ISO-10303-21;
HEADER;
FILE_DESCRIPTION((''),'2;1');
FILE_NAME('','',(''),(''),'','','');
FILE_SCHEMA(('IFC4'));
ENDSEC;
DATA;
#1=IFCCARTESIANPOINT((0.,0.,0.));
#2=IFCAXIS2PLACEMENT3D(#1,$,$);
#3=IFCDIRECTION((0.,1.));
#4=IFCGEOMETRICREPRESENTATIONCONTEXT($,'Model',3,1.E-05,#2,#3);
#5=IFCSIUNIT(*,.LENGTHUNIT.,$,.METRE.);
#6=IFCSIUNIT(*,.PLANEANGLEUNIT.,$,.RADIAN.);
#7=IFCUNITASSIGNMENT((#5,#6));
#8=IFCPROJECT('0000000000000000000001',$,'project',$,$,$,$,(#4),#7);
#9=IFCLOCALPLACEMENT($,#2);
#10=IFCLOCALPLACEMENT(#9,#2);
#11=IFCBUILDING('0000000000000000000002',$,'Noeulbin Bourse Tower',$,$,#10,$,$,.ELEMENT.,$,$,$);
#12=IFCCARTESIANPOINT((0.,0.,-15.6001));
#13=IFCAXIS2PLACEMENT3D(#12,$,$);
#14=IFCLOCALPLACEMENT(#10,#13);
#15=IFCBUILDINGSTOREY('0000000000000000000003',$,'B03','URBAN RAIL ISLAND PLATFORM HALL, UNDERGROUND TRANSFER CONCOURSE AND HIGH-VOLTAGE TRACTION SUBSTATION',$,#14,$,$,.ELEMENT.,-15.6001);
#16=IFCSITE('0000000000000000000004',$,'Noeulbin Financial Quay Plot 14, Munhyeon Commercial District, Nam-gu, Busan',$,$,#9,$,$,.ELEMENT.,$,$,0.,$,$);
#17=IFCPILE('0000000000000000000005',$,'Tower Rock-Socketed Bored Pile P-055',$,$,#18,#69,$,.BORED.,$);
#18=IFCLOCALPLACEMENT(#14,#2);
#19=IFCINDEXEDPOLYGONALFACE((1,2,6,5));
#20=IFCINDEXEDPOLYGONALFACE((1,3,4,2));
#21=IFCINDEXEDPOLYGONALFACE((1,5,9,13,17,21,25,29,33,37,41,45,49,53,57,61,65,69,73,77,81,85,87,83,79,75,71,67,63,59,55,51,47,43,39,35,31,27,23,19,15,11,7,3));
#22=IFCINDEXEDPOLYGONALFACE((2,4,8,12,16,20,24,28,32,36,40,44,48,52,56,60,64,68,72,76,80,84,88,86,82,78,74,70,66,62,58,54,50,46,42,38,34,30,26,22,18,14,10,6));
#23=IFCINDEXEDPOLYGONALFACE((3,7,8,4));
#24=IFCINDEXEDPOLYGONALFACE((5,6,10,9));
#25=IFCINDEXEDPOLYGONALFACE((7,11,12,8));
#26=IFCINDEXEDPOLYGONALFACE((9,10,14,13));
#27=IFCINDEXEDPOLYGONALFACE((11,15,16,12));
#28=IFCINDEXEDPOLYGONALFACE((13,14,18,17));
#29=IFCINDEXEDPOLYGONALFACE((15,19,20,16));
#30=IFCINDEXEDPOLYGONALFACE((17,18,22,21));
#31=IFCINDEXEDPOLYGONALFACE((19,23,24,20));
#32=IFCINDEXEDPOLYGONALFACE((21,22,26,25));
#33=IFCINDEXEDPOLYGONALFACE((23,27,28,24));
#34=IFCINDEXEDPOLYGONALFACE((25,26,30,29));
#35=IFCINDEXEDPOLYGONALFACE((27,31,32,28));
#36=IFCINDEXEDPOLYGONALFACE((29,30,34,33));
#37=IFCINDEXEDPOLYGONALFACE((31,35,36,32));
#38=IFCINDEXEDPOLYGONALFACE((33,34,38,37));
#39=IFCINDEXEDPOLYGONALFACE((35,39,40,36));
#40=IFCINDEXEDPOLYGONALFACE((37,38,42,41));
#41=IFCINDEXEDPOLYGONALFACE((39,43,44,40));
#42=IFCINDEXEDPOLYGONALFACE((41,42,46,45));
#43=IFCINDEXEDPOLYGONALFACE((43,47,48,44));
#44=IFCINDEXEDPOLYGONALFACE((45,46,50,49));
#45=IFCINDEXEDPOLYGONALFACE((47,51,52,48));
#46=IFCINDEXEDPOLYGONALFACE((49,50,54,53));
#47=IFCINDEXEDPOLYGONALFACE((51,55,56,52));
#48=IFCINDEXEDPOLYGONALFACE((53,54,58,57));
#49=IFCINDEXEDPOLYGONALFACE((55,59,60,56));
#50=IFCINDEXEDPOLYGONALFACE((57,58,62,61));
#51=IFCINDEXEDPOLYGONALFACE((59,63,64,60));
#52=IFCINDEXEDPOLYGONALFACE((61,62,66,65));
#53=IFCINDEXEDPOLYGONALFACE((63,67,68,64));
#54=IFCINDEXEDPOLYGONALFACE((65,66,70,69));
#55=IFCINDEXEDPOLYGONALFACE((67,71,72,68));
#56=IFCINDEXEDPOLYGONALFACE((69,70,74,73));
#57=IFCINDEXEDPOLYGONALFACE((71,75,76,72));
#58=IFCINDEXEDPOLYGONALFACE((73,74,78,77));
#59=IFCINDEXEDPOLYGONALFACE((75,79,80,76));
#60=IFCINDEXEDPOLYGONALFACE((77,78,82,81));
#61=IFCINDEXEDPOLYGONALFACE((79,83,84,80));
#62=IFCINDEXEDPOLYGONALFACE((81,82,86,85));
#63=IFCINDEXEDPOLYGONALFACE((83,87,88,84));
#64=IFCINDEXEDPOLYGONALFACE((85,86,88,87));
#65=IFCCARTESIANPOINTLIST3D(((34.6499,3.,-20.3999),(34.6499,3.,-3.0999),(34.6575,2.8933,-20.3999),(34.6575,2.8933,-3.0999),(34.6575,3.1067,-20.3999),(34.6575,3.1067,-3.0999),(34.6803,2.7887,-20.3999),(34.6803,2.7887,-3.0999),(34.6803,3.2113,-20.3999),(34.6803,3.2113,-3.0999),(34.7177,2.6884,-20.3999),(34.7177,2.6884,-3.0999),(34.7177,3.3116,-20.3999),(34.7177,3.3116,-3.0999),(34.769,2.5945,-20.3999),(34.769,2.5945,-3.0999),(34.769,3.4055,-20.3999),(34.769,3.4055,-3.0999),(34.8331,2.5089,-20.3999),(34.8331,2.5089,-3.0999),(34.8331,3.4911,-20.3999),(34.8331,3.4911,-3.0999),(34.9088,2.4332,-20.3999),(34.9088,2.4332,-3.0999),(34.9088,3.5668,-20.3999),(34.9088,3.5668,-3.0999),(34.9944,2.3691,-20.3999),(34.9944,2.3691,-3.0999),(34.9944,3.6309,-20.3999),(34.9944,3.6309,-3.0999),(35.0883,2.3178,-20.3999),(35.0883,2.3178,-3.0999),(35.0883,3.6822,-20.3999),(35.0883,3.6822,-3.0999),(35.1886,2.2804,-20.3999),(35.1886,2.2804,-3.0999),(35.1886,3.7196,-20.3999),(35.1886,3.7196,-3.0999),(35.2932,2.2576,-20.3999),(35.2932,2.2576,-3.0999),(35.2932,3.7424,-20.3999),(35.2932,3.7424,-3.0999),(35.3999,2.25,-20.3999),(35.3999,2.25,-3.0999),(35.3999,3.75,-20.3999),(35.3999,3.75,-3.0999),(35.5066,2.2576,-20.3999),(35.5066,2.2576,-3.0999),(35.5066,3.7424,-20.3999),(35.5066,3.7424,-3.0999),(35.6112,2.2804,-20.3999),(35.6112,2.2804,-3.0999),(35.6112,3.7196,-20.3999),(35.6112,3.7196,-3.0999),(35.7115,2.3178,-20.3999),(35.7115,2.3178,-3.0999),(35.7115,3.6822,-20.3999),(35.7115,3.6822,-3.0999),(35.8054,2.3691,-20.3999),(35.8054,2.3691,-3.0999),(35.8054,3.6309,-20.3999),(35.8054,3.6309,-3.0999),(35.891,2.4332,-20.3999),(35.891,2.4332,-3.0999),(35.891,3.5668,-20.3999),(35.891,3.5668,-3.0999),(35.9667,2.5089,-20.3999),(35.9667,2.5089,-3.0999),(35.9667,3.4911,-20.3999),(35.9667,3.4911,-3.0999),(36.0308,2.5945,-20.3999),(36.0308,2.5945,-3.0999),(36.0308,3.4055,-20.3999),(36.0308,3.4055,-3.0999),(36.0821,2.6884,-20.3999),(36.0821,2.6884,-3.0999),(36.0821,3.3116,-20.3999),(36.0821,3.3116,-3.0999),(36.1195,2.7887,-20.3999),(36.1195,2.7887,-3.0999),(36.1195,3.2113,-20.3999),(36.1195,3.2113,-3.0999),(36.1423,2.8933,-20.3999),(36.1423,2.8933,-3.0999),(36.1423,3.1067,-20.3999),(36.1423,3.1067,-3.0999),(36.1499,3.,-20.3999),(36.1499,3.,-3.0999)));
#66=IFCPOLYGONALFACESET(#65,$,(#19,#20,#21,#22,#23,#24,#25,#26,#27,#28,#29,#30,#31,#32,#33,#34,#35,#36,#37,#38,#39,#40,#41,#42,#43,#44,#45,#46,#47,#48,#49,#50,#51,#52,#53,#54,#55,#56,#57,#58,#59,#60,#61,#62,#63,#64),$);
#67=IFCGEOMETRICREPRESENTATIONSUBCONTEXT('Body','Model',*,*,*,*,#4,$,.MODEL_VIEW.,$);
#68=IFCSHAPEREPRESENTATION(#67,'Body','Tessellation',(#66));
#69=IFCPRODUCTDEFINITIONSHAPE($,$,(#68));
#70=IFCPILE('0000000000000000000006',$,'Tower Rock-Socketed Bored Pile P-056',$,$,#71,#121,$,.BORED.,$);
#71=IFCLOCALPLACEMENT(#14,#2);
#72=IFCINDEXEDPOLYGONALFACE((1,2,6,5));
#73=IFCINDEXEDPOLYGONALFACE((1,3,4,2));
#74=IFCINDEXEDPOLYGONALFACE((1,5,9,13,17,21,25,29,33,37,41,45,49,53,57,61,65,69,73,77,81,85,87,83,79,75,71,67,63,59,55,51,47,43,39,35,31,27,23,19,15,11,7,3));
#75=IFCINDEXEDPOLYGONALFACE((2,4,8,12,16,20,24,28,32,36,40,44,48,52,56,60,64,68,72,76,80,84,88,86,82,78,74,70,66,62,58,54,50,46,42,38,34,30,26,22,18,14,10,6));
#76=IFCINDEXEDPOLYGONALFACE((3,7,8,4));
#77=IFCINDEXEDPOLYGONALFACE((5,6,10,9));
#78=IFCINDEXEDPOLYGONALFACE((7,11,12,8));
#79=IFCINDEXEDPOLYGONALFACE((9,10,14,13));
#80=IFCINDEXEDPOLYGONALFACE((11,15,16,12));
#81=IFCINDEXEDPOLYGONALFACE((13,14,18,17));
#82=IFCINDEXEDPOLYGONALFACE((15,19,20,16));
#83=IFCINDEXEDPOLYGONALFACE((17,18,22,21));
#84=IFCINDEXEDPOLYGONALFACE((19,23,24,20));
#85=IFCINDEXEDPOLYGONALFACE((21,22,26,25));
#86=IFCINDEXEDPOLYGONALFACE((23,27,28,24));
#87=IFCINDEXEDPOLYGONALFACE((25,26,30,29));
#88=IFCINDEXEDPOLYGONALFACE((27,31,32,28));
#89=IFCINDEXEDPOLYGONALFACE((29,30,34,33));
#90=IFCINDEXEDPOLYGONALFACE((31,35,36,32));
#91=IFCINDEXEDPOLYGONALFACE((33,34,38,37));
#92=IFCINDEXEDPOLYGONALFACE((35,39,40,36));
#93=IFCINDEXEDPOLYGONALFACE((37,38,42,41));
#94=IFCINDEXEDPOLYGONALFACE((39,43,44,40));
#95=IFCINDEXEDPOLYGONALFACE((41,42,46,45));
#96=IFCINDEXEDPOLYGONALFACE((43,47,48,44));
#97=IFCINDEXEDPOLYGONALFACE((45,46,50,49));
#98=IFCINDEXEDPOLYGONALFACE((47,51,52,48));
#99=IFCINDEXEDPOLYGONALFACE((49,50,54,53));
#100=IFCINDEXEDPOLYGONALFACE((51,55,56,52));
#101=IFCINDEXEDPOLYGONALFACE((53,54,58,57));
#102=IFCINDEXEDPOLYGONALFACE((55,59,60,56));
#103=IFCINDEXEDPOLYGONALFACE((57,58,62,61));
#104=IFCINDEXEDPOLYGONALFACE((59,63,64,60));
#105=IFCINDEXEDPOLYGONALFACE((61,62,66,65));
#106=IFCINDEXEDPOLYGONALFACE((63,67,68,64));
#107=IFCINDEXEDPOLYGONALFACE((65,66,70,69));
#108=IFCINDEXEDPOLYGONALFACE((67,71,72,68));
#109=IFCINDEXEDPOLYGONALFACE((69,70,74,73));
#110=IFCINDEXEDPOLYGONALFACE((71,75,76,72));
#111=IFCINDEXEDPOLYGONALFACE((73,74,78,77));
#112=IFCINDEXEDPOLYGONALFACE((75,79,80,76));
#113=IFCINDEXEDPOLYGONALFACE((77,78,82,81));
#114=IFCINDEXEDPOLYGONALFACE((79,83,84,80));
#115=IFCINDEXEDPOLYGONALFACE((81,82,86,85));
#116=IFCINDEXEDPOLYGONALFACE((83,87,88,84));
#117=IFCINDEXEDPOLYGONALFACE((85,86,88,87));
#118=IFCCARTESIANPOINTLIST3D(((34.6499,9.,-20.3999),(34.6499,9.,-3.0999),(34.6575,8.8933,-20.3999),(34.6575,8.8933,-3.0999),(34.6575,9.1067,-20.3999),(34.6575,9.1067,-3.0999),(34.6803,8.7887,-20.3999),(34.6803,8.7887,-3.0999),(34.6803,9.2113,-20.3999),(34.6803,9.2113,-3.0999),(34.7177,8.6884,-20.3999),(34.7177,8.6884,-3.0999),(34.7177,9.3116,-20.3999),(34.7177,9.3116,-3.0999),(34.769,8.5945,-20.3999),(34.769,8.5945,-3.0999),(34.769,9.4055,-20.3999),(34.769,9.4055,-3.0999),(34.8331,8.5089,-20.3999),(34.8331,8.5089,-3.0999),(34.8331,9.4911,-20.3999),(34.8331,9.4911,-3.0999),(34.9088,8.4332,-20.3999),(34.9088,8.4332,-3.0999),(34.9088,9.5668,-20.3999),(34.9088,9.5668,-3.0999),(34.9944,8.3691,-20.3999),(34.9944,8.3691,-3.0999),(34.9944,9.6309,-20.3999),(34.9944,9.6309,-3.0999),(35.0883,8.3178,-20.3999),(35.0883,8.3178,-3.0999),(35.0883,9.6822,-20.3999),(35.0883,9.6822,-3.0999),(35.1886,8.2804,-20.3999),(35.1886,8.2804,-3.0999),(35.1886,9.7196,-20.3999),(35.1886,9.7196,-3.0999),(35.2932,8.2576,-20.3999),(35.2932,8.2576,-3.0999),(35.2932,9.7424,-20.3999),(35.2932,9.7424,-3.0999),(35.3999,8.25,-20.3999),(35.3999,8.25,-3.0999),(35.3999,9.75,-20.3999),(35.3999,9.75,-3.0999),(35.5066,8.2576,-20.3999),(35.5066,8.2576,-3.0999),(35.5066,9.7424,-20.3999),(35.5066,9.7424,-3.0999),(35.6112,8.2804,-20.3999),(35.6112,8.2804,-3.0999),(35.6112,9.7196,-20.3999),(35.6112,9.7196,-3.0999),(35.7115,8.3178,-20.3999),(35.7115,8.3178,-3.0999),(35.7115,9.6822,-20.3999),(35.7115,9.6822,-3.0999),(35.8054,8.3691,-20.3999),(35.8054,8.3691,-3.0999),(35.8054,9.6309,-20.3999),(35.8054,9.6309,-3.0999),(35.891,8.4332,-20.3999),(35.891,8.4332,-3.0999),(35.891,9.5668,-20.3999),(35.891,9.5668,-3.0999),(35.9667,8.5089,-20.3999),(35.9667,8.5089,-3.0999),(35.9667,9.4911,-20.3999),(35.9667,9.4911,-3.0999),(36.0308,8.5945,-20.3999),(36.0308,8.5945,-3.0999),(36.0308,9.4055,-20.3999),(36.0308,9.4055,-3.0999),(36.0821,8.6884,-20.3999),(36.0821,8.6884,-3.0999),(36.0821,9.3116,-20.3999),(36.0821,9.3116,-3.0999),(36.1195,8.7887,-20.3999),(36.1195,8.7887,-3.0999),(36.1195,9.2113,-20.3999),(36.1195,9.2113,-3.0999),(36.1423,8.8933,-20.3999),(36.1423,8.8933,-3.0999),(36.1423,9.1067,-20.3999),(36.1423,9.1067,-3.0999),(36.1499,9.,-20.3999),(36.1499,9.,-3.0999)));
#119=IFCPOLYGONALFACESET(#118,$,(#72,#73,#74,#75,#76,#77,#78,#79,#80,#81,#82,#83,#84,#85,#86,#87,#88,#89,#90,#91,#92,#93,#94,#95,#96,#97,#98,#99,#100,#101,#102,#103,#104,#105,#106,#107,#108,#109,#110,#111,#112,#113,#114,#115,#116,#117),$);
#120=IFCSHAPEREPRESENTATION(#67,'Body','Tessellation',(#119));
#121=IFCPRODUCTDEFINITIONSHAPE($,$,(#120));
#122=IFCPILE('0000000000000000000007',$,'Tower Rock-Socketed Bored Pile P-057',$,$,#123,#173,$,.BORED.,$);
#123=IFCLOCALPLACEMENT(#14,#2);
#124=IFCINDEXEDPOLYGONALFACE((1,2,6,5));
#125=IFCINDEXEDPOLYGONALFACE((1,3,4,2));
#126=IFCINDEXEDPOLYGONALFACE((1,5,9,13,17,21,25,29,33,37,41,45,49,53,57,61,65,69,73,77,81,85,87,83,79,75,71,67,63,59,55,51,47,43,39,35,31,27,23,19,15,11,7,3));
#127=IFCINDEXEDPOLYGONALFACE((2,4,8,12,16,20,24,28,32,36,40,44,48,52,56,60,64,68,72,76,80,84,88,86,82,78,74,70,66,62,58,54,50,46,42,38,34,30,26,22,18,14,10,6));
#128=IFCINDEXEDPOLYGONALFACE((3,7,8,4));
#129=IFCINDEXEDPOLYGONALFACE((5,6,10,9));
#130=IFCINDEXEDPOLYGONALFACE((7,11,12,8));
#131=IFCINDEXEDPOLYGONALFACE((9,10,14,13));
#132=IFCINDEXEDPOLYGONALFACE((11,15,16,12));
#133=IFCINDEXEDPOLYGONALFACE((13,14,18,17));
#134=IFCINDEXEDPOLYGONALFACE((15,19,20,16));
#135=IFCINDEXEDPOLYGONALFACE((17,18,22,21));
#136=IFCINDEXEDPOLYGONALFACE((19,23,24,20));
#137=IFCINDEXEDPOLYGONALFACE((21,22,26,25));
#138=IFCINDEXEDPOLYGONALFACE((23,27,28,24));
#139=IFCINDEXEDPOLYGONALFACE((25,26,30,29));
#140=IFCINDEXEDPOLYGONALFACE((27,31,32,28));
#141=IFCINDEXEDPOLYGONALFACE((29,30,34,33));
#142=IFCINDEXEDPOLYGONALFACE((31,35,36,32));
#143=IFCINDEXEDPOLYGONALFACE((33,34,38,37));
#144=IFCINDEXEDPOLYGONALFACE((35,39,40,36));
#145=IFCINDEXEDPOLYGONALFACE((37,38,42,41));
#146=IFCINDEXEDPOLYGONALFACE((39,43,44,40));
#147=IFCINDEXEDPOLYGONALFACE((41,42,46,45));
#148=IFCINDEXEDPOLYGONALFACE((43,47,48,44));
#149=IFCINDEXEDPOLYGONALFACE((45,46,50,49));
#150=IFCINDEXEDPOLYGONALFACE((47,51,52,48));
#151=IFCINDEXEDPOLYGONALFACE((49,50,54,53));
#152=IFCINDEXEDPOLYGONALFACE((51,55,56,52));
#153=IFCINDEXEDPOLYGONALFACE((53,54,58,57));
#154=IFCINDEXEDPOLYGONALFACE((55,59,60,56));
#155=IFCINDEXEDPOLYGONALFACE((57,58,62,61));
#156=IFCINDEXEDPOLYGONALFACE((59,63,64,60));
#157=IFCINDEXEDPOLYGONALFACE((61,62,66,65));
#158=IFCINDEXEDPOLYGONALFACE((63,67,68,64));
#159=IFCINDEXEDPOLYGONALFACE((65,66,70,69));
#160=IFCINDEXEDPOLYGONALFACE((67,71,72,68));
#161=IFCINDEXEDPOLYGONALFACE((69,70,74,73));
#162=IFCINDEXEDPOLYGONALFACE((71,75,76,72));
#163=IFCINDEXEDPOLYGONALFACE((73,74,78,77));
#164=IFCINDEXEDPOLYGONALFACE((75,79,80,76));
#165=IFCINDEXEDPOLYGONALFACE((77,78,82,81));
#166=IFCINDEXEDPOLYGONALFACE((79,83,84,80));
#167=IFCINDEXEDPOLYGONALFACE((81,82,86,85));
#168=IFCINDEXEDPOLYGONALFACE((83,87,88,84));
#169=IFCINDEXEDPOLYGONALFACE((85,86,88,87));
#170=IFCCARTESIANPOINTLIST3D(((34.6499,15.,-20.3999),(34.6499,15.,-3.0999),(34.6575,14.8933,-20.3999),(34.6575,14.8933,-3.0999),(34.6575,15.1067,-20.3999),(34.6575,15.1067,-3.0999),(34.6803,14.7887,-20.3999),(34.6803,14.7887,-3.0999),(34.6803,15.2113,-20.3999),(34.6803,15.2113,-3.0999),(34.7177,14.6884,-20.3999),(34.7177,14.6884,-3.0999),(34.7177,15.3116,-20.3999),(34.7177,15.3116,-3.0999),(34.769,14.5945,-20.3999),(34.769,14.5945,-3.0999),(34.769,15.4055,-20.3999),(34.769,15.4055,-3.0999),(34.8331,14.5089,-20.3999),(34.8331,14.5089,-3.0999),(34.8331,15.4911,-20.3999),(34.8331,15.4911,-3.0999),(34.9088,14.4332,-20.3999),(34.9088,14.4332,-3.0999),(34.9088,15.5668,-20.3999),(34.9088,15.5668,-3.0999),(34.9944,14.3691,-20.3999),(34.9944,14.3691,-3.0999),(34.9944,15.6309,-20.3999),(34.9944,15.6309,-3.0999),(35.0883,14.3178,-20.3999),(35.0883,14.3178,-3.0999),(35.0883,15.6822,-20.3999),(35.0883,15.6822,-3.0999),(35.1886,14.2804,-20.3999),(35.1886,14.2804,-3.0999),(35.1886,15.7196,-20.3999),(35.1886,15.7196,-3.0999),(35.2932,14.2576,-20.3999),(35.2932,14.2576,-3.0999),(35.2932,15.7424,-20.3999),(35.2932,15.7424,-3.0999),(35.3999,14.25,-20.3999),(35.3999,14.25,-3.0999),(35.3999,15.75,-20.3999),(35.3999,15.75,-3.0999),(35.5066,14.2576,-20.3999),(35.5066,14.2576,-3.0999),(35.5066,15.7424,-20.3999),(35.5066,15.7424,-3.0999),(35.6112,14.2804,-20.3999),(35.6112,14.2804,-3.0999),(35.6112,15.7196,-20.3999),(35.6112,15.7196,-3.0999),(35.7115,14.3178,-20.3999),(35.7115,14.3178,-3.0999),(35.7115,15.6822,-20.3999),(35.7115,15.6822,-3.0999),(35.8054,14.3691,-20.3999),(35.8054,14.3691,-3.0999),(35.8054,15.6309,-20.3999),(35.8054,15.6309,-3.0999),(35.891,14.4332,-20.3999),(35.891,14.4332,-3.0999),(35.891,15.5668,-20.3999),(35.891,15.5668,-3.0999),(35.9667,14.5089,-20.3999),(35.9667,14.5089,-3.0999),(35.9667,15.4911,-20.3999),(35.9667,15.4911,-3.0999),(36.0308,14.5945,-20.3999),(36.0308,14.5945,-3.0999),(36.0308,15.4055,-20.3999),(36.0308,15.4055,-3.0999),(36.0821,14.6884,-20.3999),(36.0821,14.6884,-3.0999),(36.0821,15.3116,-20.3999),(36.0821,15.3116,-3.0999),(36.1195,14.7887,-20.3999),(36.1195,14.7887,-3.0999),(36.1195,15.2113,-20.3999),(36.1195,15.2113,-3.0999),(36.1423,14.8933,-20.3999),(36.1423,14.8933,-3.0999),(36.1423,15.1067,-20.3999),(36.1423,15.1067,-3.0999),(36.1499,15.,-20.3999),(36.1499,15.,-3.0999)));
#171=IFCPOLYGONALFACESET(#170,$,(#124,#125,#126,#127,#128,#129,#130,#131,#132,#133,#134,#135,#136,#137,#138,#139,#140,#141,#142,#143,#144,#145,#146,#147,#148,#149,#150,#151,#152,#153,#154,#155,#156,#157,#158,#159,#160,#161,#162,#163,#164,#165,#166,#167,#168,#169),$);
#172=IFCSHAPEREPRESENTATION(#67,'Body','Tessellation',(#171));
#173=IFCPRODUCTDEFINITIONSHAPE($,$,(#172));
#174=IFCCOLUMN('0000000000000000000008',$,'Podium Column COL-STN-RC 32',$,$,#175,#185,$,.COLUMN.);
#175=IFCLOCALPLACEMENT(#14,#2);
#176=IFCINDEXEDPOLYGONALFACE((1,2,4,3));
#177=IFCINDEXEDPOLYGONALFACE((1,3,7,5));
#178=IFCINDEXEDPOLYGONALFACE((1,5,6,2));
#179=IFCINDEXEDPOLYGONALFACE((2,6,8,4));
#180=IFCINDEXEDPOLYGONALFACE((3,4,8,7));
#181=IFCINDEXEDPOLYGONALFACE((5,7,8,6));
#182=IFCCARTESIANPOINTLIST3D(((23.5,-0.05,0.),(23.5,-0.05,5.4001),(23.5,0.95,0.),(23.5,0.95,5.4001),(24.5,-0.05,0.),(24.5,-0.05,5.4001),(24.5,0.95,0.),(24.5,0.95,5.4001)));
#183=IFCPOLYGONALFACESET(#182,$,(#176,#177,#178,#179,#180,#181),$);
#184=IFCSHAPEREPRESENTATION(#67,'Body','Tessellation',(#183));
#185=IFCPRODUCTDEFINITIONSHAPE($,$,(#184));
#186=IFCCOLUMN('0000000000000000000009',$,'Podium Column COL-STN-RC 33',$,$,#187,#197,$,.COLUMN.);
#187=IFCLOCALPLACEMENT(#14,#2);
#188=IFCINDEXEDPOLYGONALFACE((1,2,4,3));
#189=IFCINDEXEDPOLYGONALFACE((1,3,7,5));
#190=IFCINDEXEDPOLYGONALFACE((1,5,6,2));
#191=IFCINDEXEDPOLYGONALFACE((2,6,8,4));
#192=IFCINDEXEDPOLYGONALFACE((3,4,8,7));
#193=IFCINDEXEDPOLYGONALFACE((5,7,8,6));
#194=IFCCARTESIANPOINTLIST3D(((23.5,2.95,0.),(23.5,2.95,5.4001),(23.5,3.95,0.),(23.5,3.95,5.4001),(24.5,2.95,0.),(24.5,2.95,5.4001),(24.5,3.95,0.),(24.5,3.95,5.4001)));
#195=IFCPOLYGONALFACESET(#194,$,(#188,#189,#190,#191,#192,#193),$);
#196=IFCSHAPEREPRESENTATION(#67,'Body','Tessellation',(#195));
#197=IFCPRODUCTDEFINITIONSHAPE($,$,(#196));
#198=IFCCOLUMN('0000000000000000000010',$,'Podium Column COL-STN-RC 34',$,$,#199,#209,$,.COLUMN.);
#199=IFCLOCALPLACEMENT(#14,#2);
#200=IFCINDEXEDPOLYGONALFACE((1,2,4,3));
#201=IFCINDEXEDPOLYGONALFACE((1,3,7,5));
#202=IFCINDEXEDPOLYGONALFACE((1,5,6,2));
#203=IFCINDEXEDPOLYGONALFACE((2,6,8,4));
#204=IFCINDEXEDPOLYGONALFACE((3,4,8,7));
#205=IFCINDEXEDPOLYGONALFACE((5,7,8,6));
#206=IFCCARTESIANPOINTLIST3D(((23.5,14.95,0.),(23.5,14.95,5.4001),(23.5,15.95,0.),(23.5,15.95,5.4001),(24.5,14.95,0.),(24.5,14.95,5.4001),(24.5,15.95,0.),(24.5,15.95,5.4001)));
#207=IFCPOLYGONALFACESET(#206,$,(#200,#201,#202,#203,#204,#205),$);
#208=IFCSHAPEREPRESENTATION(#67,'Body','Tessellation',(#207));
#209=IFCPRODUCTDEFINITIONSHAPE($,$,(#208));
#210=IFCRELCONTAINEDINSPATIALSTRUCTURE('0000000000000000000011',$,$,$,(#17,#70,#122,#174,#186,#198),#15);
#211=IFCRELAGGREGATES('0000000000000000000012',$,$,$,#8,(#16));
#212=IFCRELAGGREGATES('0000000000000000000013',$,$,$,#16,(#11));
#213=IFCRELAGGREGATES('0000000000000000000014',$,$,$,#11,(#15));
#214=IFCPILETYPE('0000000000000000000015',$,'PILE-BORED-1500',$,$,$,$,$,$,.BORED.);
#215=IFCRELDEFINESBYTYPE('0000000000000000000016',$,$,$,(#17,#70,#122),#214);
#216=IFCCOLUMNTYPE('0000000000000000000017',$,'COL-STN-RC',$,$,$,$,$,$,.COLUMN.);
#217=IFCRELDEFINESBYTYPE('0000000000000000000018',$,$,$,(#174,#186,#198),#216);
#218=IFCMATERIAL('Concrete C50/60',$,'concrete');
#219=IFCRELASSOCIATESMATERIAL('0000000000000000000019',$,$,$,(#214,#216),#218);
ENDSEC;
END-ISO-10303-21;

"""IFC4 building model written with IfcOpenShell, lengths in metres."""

from ifc_helpers import new_model, si_unit, direction, frame, origin, origin_2d, place, context, subcontext, project, spatial, rectangle, circle, extrude, material, material_profile, profile_set, type_object, element, save


model = new_model("IFC4")

# Units and contexts
model_context = context("Model", 3, precision=1e-05, world=origin(), true_north=direction((0.0, 1.0)))
body_context = subcontext(model_context, "Body", "Model", "MODEL_VIEW")
ifc_project = project(units=[si_unit("LENGTHUNIT", "METRE"), si_unit("PLANEANGLEUNIT", "RADIAN")], contexts=[model_context])

# Site, building, storey
site_placement = place(None, origin())
site = spatial("IfcSite", under=ifc_project, at=site_placement, Name="Noeulbin Financial Quay Plot 14, Munhyeon Commercial District, Nam-gu, Busan", CompositionType="ELEMENT", RefElevation=0.0)
building_placement = place(site_placement, origin())
building = spatial("IfcBuilding", under=site, at=building_placement, Name="Noeulbin Bourse Tower", CompositionType="ELEMENT")
storey_placement = place(building_placement, frame((0.0, 0.0, -15.6001)))
storey = spatial("IfcBuildingStorey", under=building, at=storey_placement, Name="B03", Description="URBAN RAIL ISLAND PLATFORM HALL, UNDERGROUND TRANSFER CONCOURSE AND HIGH-VOLTAGE TRACTION SUBSTATION", CompositionType="ELEMENT", Elevation=-15.6001)

# Piles
ifc_material_1 = material(Name="Concrete C50/60", Category="concrete")
ifc_material_profile_1 = material_profile(ifc_material_1, circle(Radius=0.75, at=origin_2d()), Name="PILE-D1500", Category="LoadBearing")
ifc_profile_set_1 = profile_set([ifc_material_profile_1], Name="Concrete C50/60")
pile_type = type_object("IfcPileType", Name="PILE-BORED-1500", PredefinedType="BORED", material=ifc_profile_set_1)
for number, where, z_axis, x_axis, name in (
    (1, (35.3999, 3.0, -3.0999), (0.0, 0.0, -1.0), (1.0, 0.0, 0.0), "Tower Rock-Socketed Bored Pile P-055"),
    (2, (35.3999, 9.0, -3.0999), (0.0, 0.0, -1.0), (1.0, 0.0, 0.0), "Tower Rock-Socketed Bored Pile P-056"),
    (3, (35.3999, 15.0, -3.0999), (0.0, 0.0, -1.0), (1.0, 0.0, 0.0), "Tower Rock-Socketed Bored Pile P-057"),
):
    element("IfcPile", number, at=place(storey_placement, frame(where, z_axis=z_axis, x_axis=x_axis)), inside=storey, type_object=pile_type, Name=name, PredefinedType="BORED", context=body_context, shape_type="SweptSolid", body=[
        extrude(circle(Radius=0.75, at=origin_2d()), origin(), (0.0, 0.0, 1.0), 17.3),
    ])

# Columns
ifc_material_profile_2 = material_profile(ifc_material_1, rectangle(XDim=1.0, YDim=1.0, at=origin_2d()), Name="RC-COL-1000x1000", Category="LoadBearing")
ifc_profile_set_2 = profile_set([ifc_material_profile_2], Name="Concrete C50/60")
column_type_1 = type_object("IfcColumnType", Name="COL-STN-RC", PredefinedType="COLUMN", material=ifc_profile_set_2)
for number, where, z_axis, x_axis, name in (
    (4, (24.0, 0.45, 0.0), (0.0, 0.0, 1.0), (1.0, 0.0, 0.0), "Podium Column COL-STN-RC 32"),
    (5, (24.0, 3.45, 0.0), (0.0, 0.0, 1.0), (1.0, 0.0, 0.0), "Podium Column COL-STN-RC 33"),
    (6, (24.0, 15.45, 0.0), (0.0, 0.0, 1.0), (1.0, 0.0, 0.0), "Podium Column COL-STN-RC 34"),
):
    element("IfcColumn", number, at=place(storey_placement, frame(where, z_axis=z_axis, x_axis=x_axis)), inside=storey, type_object=column_type_1, Name=name, PredefinedType="COLUMN", context=body_context, shape_type="SweptSolid", body=[
        extrude(rectangle(XDim=1.0, YDim=1.0, at=origin_2d()), origin(), (0.0, 0.0, 1.0), 5.4001),
    ])

save(model, "model.ifc")
